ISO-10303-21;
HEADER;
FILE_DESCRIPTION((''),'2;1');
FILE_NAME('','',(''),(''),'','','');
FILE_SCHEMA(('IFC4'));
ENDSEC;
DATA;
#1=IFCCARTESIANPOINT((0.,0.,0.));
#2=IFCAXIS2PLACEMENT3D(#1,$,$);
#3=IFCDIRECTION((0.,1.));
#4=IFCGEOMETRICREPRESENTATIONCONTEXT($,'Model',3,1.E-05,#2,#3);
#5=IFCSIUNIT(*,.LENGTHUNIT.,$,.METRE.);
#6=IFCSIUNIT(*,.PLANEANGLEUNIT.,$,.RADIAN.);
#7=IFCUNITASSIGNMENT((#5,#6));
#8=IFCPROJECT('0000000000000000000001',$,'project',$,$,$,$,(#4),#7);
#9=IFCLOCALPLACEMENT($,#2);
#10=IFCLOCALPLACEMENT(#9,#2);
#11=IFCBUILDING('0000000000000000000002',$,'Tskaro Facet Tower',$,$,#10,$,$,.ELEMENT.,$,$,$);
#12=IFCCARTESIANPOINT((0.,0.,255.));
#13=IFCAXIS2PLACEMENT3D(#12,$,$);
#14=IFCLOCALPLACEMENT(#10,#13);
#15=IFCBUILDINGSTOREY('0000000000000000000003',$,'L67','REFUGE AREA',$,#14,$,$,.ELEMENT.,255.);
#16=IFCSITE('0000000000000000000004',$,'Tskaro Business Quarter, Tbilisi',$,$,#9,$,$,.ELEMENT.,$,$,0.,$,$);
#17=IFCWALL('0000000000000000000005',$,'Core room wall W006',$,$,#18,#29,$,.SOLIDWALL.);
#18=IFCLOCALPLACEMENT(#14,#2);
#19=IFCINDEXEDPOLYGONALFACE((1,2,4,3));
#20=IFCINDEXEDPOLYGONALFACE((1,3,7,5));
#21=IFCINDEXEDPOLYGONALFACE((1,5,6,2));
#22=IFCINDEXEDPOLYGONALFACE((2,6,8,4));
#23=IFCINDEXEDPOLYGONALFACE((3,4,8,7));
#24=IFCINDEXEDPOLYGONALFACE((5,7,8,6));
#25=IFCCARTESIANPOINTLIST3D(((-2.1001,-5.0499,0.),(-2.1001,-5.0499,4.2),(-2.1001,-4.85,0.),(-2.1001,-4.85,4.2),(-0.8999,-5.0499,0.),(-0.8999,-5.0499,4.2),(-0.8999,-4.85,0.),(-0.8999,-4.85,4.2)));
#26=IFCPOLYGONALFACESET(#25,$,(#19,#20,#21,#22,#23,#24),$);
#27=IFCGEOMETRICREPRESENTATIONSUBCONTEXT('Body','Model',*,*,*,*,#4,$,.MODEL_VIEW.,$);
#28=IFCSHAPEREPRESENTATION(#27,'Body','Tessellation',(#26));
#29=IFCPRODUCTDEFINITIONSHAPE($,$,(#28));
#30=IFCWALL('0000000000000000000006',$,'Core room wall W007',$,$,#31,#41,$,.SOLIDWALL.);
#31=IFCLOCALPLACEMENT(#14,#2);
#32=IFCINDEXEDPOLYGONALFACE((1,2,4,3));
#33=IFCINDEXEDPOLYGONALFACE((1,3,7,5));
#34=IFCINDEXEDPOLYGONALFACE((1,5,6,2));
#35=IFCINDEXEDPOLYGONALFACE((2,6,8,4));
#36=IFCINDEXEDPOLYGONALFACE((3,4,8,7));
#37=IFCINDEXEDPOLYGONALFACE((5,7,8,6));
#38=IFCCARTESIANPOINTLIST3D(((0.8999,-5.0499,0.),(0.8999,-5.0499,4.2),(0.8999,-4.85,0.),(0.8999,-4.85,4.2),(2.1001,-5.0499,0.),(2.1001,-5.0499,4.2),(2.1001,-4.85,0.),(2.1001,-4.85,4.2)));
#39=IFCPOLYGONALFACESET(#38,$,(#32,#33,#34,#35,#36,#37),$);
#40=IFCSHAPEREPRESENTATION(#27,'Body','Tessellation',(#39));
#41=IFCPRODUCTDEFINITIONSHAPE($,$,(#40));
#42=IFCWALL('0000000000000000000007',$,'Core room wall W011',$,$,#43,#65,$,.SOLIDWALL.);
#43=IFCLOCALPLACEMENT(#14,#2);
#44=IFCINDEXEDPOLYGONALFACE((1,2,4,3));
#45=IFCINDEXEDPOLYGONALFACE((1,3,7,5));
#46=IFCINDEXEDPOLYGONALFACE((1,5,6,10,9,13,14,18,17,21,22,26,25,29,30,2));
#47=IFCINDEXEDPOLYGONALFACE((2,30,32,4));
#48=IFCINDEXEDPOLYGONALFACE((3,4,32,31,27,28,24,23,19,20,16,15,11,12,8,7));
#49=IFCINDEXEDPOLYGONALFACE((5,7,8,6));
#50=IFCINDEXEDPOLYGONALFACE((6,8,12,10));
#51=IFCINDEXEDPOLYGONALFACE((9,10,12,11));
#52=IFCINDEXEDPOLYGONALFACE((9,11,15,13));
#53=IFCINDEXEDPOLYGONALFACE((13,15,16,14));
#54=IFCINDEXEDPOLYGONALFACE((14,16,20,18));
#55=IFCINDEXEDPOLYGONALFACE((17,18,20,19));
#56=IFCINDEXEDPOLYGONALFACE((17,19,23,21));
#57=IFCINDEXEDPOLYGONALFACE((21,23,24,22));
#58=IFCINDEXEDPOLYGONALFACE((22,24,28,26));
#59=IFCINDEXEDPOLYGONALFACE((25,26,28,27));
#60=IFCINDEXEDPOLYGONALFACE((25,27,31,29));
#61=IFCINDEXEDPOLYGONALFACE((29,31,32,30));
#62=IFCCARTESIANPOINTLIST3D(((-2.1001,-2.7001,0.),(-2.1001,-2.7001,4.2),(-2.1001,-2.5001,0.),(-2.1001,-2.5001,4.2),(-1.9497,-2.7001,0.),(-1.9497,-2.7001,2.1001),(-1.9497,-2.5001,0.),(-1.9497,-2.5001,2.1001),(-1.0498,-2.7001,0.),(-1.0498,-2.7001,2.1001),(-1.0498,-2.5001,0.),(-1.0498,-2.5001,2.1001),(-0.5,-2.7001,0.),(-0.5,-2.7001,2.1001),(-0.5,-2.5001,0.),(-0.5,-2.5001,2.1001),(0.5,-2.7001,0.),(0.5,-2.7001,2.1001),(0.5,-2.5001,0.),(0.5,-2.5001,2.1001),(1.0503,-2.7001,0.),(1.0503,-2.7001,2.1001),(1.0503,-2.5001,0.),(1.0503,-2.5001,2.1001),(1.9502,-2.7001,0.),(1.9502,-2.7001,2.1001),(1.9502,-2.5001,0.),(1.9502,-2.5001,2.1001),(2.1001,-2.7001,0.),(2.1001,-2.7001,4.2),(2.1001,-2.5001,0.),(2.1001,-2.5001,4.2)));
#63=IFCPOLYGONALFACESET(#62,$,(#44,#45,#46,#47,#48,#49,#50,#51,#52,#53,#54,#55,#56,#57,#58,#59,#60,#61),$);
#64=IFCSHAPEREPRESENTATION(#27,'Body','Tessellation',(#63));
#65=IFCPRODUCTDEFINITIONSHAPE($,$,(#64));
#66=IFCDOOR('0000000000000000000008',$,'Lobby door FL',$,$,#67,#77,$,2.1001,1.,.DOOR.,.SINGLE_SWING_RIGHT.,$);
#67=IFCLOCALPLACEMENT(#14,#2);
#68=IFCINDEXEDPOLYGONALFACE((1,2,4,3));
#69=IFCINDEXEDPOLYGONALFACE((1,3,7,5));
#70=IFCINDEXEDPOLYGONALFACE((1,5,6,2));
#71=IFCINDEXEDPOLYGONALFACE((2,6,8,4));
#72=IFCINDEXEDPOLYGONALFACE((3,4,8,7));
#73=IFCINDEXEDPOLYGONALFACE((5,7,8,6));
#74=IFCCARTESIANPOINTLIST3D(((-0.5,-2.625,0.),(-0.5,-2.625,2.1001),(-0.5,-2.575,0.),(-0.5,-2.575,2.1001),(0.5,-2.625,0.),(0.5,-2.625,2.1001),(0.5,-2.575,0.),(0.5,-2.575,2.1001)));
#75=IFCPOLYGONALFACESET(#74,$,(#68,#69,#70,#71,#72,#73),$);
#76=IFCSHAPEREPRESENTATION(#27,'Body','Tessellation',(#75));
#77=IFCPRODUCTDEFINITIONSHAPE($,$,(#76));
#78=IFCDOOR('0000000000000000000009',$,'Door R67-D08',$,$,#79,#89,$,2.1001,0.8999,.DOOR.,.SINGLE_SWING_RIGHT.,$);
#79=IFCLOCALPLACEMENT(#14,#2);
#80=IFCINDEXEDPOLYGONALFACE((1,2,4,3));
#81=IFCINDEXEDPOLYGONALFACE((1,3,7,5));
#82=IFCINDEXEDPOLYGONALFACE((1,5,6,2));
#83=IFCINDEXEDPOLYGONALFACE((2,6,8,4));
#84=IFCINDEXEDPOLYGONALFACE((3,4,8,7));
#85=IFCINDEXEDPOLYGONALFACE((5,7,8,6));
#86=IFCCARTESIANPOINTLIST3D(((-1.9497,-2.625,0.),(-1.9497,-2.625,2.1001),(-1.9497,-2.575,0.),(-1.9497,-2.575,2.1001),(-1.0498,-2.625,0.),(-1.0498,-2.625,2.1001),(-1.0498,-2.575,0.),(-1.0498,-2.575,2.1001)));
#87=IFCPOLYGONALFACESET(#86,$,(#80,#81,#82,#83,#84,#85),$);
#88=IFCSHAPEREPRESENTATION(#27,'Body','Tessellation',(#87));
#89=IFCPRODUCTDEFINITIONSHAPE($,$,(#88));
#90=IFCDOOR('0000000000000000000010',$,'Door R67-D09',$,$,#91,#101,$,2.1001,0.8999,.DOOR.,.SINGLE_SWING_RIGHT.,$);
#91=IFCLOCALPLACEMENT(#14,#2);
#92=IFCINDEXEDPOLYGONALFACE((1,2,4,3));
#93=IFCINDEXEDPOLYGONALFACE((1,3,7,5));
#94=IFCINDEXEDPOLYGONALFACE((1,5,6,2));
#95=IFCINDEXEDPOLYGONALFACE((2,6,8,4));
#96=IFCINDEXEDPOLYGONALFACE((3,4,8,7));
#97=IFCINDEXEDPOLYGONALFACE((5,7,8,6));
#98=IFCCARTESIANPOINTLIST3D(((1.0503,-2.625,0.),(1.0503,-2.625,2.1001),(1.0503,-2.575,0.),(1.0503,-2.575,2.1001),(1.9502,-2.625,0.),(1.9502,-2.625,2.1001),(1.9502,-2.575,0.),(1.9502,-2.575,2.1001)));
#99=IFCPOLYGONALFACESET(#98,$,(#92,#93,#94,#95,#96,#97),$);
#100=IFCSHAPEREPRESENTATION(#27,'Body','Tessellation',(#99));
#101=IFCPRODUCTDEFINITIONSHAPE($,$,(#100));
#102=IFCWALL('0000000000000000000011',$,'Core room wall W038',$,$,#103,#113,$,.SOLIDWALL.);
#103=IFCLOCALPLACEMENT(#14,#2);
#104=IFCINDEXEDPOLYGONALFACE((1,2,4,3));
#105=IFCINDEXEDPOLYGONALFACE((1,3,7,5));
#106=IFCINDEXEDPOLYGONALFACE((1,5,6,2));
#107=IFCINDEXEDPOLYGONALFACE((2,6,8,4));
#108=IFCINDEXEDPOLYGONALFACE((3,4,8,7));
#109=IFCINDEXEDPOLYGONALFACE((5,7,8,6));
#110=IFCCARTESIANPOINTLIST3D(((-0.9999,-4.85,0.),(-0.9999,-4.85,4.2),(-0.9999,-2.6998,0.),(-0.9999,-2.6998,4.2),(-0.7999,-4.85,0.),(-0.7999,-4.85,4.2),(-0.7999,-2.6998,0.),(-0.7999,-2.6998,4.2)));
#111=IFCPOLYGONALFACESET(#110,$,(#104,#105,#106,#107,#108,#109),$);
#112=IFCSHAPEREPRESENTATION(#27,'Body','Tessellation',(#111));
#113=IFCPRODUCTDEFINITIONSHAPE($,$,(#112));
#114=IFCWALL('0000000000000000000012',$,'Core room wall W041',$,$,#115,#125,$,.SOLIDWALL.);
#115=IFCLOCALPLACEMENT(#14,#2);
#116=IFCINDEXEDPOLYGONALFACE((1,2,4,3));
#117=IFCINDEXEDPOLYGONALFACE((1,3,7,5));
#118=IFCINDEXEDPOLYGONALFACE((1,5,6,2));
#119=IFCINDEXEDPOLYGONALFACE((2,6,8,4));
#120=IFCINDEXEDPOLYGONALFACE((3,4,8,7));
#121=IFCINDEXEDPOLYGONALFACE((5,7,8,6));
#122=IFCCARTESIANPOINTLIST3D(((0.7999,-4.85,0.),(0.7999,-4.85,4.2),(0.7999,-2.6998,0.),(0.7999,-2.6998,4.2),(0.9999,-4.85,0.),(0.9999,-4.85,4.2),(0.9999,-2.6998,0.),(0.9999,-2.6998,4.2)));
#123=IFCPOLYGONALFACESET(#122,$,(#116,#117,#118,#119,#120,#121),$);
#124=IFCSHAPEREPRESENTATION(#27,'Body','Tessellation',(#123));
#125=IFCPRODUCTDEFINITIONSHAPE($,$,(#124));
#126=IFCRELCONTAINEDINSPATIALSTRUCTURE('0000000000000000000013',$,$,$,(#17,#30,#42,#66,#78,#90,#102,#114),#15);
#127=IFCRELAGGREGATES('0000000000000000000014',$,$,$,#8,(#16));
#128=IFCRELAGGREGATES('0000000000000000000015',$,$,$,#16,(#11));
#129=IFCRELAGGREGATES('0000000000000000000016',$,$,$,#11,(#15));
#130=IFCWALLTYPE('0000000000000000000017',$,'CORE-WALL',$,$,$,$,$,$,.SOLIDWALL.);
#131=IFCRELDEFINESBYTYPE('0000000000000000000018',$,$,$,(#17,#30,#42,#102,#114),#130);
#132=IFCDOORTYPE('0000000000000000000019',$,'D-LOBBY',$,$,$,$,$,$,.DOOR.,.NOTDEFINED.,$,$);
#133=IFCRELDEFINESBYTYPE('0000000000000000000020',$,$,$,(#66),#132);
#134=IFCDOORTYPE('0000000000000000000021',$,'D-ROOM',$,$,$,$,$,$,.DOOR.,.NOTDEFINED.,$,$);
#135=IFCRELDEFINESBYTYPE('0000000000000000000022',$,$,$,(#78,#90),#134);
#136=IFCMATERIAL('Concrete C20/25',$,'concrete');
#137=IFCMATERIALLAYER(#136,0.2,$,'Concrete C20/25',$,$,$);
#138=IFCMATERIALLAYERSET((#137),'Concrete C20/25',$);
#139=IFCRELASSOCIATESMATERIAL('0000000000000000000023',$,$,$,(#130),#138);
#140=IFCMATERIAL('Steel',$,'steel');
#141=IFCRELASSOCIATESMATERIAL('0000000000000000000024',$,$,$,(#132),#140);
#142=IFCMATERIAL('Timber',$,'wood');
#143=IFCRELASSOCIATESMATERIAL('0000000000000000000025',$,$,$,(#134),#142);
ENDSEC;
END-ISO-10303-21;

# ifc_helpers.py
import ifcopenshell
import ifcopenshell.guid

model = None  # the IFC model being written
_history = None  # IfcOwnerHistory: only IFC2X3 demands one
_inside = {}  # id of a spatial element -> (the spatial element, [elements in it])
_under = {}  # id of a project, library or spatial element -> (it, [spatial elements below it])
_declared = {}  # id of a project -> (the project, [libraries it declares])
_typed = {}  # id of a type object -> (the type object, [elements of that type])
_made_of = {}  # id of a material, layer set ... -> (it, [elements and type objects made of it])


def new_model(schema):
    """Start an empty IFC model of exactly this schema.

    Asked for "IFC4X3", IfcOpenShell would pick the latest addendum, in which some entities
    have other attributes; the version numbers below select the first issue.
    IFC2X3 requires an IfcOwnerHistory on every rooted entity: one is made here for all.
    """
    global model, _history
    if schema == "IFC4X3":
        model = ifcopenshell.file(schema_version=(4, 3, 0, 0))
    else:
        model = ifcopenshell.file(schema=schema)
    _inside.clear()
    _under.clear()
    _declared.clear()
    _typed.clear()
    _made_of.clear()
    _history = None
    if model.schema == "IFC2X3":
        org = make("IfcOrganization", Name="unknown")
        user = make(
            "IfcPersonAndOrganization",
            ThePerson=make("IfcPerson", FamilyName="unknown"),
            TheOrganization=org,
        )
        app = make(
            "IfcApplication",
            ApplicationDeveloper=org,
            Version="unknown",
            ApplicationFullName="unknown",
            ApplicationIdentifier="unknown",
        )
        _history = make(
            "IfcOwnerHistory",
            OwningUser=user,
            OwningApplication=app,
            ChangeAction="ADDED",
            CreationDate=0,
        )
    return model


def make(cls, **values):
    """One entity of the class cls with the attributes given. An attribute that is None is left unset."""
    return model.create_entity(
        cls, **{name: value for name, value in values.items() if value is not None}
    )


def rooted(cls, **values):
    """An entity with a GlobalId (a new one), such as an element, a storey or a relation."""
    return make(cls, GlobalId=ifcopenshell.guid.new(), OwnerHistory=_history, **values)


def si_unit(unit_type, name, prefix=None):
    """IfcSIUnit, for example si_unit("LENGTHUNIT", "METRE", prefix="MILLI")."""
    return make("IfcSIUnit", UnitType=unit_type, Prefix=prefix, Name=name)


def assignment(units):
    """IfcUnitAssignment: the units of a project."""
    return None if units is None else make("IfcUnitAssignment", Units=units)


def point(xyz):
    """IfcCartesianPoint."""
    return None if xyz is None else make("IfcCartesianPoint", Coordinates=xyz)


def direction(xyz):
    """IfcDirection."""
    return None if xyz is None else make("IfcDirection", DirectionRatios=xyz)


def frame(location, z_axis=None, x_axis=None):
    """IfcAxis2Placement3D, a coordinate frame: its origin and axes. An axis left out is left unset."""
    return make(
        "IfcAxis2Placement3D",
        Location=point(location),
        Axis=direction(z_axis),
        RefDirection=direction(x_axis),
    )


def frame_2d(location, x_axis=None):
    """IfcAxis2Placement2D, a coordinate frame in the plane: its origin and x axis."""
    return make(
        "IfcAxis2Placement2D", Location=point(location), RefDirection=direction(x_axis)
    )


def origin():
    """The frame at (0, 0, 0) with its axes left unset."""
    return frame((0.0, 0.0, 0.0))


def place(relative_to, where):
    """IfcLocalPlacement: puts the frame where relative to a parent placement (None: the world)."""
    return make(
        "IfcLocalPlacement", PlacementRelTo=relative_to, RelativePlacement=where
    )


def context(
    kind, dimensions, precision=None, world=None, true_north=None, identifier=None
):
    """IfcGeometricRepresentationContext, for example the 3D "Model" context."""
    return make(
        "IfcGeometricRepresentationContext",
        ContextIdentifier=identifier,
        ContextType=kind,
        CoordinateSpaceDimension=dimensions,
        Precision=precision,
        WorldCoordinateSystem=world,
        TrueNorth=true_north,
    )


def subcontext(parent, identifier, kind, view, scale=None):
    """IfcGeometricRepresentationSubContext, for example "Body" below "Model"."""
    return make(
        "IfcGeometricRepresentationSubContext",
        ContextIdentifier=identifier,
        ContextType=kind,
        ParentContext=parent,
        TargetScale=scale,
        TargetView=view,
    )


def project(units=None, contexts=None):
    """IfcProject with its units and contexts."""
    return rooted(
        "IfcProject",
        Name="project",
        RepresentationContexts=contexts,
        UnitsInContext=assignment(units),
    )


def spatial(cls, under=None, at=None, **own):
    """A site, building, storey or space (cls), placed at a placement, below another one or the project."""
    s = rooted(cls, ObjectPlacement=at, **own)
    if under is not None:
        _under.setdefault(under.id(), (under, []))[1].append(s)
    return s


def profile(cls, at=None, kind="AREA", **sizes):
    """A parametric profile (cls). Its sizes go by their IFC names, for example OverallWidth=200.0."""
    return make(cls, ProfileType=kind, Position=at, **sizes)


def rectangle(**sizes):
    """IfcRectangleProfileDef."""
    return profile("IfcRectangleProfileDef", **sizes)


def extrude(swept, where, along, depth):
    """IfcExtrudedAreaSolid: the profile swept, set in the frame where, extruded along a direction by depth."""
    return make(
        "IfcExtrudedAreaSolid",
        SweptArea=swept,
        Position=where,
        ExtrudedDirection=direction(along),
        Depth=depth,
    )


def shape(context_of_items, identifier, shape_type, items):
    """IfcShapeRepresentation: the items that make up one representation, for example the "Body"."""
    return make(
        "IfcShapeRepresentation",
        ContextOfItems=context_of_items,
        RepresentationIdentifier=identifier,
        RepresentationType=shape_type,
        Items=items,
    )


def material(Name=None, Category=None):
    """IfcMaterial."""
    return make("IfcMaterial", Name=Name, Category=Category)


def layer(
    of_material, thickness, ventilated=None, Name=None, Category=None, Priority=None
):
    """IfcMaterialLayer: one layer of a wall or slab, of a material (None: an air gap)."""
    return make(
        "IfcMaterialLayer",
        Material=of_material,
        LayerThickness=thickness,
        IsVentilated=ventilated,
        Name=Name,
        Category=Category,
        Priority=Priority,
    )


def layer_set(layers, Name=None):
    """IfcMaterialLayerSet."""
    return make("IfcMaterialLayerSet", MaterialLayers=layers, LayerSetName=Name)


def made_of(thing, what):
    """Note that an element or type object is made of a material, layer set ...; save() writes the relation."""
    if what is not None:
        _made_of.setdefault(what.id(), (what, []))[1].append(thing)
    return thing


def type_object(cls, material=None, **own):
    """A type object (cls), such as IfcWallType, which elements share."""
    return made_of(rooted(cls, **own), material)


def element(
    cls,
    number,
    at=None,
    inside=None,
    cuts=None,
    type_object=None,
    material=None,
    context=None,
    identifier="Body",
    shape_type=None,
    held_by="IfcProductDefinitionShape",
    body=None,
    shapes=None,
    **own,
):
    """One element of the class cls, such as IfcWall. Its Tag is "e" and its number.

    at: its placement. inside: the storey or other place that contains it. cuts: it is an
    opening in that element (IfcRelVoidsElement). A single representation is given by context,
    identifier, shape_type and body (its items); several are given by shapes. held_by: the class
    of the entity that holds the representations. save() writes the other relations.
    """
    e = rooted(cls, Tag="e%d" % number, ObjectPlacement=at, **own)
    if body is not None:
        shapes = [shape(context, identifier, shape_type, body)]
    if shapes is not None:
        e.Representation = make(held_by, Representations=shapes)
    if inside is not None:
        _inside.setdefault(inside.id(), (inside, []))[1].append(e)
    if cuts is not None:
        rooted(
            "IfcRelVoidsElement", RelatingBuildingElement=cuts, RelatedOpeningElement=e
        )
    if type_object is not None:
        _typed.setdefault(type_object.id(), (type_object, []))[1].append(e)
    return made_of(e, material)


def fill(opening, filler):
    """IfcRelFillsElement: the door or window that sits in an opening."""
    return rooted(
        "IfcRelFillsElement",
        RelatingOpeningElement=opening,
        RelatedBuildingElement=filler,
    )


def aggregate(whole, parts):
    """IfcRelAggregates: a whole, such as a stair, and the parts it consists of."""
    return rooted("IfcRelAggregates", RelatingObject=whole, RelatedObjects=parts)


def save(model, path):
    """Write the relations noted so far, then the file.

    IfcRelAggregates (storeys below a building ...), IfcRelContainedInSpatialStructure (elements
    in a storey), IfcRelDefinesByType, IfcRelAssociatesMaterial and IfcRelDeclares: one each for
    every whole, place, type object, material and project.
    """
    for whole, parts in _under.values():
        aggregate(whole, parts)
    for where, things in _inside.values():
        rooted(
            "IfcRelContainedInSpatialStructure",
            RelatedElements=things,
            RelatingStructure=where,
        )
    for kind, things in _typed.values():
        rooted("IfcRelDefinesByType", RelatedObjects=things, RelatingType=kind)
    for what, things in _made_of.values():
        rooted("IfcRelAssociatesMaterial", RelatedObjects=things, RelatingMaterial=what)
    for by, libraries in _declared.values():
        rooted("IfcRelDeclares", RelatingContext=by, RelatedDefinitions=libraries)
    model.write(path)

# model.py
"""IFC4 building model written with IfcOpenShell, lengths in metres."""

from ifc_helpers import new_model, si_unit, direction, frame, frame_2d, origin, place, context, subcontext, project, spatial, rectangle, extrude, material, layer, layer_set, type_object, element, fill, save


model = new_model("IFC4")

# Units and contexts
model_context = context("Model", 3, precision=1e-05, world=origin(), true_north=direction((0.0, 1.0)))
body_context = subcontext(model_context, "Body", "Model", "MODEL_VIEW")
ifc_project = project(units=[si_unit("LENGTHUNIT", "METRE"), si_unit("PLANEANGLEUNIT", "RADIAN")], contexts=[model_context])

# Site, building, storey
site_placement = place(None, origin())
site = spatial("IfcSite", under=ifc_project, at=site_placement, Name="Tskaro Business Quarter, Tbilisi", CompositionType="ELEMENT", RefElevation=0.0)
building_placement = place(site_placement, origin())
building = spatial("IfcBuilding", under=site, at=building_placement, Name="Tskaro Facet Tower", CompositionType="ELEMENT")
storey_placement = place(building_placement, frame((0.0, 0.0, 255.0)))
storey = spatial("IfcBuildingStorey", under=building, at=storey_placement, Name="L67", Description="REFUGE AREA", CompositionType="ELEMENT", Elevation=255.0)

# Shared definitions
ifc_material_1 = material(Name="Steel", Category="steel")

# Walls
ifc_material_2 = material(Name="Concrete C20/25", Category="concrete")
ifc_layer_1 = layer(ifc_material_2, 0.2, Name="Concrete C20/25")
ifc_layer_set_1 = layer_set([ifc_layer_1], Name="Concrete C20/25")
wall_type_1 = type_object("IfcWallType", Name="CORE-WALL", PredefinedType="SOLIDWALL", material=ifc_layer_set_1)
for number, where, z_axis, x_axis, name in (
    (1, (-2.1001, -4.95, 0.0), (0.0, 0.0, 1.0), (1.0, 0.0, 0.0), "Core room wall W006"),
    (2, (0.8999, -4.95, 0.0), (0.0, 0.0, 1.0), (1.0, 0.0, 0.0), "Core room wall W007"),
):
    element("IfcWall", number, at=place(storey_placement, frame(where, z_axis=z_axis, x_axis=x_axis)), inside=storey, type_object=wall_type_1, Name=name, PredefinedType="SOLIDWALL", context=body_context, shape_type="SweptSolid", body=[
        extrude(rectangle(XDim=1.2002, YDim=0.2, at=frame_2d((0.6001, 0.0))), origin(), (0.0, 0.0, 1.0), 4.2),
    ])

# Wall, openings, doors
wall_1_placement = place(storey_placement, frame((2.1001, -2.6001, 0.0), z_axis=(0.0, 0.0, 1.0), x_axis=(-1.0, 0.0, 0.0)))
wall_1 = element("IfcWall", 3, at=wall_1_placement, inside=storey, type_object=wall_type_1, Name="Core room wall W011", PredefinedType="SOLIDWALL", context=body_context, shape_type="SweptSolid", body=[
    extrude(rectangle(XDim=4.2002, YDim=0.2, at=frame_2d((2.1001, 0.0))), origin(), (0.0, 0.0, 1.0), 4.2),
])
opening_1_placement = place(wall_1_placement, frame((1.6001, 0.0, 0.0)))
opening_1 = element("IfcOpeningElement", 4, at=opening_1_placement, cuts=wall_1, PredefinedType="OPENING", context=body_context, shape_type="SweptSolid", body=[
    extrude(rectangle(XDim=1.0, YDim=2.1001, at=frame_2d((0.5, 1.05))), frame((0.0, 0.1099, 0.0), z_axis=(0.0, -1.0, 0.0), x_axis=(1.0, 0.0, 0.0)), (0.0, 0.0, 1.0), 0.22),
])
opening_2_placement = place(wall_1_placement, frame((3.1499, 0.0, 0.0)))
opening_2 = element("IfcOpeningElement", 5, at=opening_2_placement, cuts=wall_1, PredefinedType="OPENING", context=body_context, shape_type="SweptSolid", body=[
    extrude(rectangle(XDim=0.8999, YDim=2.1001, at=frame_2d((0.45, 1.05))), frame((0.0, 0.1099, 0.0), z_axis=(0.0, -1.0, 0.0), x_axis=(1.0, 0.0, 0.0)), (0.0, 0.0, 1.0), 0.22),
])
opening_3_placement = place(wall_1_placement, frame((0.1499, 0.0, 0.0)))
opening_3 = element("IfcOpeningElement", 6, at=opening_3_placement, cuts=wall_1, PredefinedType="OPENING", context=body_context, shape_type="SweptSolid", body=[
    extrude(rectangle(XDim=0.8999, YDim=2.1001, at=frame_2d((0.45, 1.05))), frame((0.0, 0.1099, 0.0), z_axis=(0.0, -1.0, 0.0), x_axis=(1.0, 0.0, 0.0)), (0.0, 0.0, 1.0), 0.22),
])
door_type_1 = type_object("IfcDoorType", Name="D-LOBBY", OperationType="NOTDEFINED", PredefinedType="DOOR", material=ifc_material_1)
door_1_placement = place(opening_1_placement, origin())
door_1 = element("IfcDoor", 7, at=door_1_placement, inside=storey, type_object=door_type_1, Name="Lobby door FL", OperationType="SINGLE_SWING_RIGHT", OverallHeight=2.1001, OverallWidth=1.0, PredefinedType="DOOR", context=body_context, shape_type="SweptSolid", body=[
    extrude(rectangle(XDim=1.0, YDim=2.1001, at=frame_2d((0.5, 1.05))), frame((0.0, 0.0249, 0.0), z_axis=(0.0, -1.0, 0.0), x_axis=(1.0, 0.0, 0.0)), (0.0, 0.0, 1.0), 0.05),
])
fill(opening_1, door_1)
ifc_material_3 = material(Name="Timber", Category="wood")
door_type_2 = type_object("IfcDoorType", Name="D-ROOM", OperationType="NOTDEFINED", PredefinedType="DOOR", material=ifc_material_3)
door_2_placement = place(opening_2_placement, origin())
door_2 = element("IfcDoor", 8, at=door_2_placement, inside=storey, type_object=door_type_2, Name="Door R67-D08", OperationType="SINGLE_SWING_RIGHT", OverallHeight=2.1001, OverallWidth=0.8999, PredefinedType="DOOR", context=body_context, shape_type="SweptSolid", body=[
    extrude(rectangle(XDim=0.8999, YDim=2.1001, at=frame_2d((0.45, 1.05))), frame((0.0, 0.0249, 0.0), z_axis=(0.0, -1.0, 0.0), x_axis=(1.0, 0.0, 0.0)), (0.0, 0.0, 1.0), 0.05),
])
fill(opening_2, door_2)
door_3_placement = place(opening_3_placement, origin())
door_3 = element("IfcDoor", 9, at=door_3_placement, inside=storey, type_object=door_type_2, Name="Door R67-D09", OperationType="SINGLE_SWING_RIGHT", OverallHeight=2.1001, OverallWidth=0.8999, PredefinedType="DOOR", context=body_context, shape_type="SweptSolid", body=[
    extrude(rectangle(XDim=0.8999, YDim=2.1001, at=frame_2d((0.45, 1.05))), frame((0.0, 0.0249, 0.0), z_axis=(0.0, -1.0, 0.0), x_axis=(1.0, 0.0, 0.0)), (0.0, 0.0, 1.0), 0.05),
])
fill(opening_3, door_3)

# Walls
for number, where, z_axis, x_axis, name in (
    (10, (-0.8999, -4.8501, 0.0), (0.0, 0.0, 1.0), (0.0, 1.0, 0.0), "Core room wall W038"),
    (11, (0.8999, -4.8501, 0.0), (0.0, 0.0, 1.0), (0.0, 1.0, 0.0), "Core room wall W041"),
):
    element("IfcWall", number, at=place(storey_placement, frame(where, z_axis=z_axis, x_axis=x_axis)), inside=storey, type_object=wall_type_1, Name=name, PredefinedType="SOLIDWALL", context=body_context, shape_type="SweptSolid", body=[
        extrude(rectangle(XDim=2.1501, YDim=0.2, at=frame_2d((1.0752, 0.0))), origin(), (0.0, 0.0, 1.0), 4.2),
    ])

save(model, "model.ifc")
